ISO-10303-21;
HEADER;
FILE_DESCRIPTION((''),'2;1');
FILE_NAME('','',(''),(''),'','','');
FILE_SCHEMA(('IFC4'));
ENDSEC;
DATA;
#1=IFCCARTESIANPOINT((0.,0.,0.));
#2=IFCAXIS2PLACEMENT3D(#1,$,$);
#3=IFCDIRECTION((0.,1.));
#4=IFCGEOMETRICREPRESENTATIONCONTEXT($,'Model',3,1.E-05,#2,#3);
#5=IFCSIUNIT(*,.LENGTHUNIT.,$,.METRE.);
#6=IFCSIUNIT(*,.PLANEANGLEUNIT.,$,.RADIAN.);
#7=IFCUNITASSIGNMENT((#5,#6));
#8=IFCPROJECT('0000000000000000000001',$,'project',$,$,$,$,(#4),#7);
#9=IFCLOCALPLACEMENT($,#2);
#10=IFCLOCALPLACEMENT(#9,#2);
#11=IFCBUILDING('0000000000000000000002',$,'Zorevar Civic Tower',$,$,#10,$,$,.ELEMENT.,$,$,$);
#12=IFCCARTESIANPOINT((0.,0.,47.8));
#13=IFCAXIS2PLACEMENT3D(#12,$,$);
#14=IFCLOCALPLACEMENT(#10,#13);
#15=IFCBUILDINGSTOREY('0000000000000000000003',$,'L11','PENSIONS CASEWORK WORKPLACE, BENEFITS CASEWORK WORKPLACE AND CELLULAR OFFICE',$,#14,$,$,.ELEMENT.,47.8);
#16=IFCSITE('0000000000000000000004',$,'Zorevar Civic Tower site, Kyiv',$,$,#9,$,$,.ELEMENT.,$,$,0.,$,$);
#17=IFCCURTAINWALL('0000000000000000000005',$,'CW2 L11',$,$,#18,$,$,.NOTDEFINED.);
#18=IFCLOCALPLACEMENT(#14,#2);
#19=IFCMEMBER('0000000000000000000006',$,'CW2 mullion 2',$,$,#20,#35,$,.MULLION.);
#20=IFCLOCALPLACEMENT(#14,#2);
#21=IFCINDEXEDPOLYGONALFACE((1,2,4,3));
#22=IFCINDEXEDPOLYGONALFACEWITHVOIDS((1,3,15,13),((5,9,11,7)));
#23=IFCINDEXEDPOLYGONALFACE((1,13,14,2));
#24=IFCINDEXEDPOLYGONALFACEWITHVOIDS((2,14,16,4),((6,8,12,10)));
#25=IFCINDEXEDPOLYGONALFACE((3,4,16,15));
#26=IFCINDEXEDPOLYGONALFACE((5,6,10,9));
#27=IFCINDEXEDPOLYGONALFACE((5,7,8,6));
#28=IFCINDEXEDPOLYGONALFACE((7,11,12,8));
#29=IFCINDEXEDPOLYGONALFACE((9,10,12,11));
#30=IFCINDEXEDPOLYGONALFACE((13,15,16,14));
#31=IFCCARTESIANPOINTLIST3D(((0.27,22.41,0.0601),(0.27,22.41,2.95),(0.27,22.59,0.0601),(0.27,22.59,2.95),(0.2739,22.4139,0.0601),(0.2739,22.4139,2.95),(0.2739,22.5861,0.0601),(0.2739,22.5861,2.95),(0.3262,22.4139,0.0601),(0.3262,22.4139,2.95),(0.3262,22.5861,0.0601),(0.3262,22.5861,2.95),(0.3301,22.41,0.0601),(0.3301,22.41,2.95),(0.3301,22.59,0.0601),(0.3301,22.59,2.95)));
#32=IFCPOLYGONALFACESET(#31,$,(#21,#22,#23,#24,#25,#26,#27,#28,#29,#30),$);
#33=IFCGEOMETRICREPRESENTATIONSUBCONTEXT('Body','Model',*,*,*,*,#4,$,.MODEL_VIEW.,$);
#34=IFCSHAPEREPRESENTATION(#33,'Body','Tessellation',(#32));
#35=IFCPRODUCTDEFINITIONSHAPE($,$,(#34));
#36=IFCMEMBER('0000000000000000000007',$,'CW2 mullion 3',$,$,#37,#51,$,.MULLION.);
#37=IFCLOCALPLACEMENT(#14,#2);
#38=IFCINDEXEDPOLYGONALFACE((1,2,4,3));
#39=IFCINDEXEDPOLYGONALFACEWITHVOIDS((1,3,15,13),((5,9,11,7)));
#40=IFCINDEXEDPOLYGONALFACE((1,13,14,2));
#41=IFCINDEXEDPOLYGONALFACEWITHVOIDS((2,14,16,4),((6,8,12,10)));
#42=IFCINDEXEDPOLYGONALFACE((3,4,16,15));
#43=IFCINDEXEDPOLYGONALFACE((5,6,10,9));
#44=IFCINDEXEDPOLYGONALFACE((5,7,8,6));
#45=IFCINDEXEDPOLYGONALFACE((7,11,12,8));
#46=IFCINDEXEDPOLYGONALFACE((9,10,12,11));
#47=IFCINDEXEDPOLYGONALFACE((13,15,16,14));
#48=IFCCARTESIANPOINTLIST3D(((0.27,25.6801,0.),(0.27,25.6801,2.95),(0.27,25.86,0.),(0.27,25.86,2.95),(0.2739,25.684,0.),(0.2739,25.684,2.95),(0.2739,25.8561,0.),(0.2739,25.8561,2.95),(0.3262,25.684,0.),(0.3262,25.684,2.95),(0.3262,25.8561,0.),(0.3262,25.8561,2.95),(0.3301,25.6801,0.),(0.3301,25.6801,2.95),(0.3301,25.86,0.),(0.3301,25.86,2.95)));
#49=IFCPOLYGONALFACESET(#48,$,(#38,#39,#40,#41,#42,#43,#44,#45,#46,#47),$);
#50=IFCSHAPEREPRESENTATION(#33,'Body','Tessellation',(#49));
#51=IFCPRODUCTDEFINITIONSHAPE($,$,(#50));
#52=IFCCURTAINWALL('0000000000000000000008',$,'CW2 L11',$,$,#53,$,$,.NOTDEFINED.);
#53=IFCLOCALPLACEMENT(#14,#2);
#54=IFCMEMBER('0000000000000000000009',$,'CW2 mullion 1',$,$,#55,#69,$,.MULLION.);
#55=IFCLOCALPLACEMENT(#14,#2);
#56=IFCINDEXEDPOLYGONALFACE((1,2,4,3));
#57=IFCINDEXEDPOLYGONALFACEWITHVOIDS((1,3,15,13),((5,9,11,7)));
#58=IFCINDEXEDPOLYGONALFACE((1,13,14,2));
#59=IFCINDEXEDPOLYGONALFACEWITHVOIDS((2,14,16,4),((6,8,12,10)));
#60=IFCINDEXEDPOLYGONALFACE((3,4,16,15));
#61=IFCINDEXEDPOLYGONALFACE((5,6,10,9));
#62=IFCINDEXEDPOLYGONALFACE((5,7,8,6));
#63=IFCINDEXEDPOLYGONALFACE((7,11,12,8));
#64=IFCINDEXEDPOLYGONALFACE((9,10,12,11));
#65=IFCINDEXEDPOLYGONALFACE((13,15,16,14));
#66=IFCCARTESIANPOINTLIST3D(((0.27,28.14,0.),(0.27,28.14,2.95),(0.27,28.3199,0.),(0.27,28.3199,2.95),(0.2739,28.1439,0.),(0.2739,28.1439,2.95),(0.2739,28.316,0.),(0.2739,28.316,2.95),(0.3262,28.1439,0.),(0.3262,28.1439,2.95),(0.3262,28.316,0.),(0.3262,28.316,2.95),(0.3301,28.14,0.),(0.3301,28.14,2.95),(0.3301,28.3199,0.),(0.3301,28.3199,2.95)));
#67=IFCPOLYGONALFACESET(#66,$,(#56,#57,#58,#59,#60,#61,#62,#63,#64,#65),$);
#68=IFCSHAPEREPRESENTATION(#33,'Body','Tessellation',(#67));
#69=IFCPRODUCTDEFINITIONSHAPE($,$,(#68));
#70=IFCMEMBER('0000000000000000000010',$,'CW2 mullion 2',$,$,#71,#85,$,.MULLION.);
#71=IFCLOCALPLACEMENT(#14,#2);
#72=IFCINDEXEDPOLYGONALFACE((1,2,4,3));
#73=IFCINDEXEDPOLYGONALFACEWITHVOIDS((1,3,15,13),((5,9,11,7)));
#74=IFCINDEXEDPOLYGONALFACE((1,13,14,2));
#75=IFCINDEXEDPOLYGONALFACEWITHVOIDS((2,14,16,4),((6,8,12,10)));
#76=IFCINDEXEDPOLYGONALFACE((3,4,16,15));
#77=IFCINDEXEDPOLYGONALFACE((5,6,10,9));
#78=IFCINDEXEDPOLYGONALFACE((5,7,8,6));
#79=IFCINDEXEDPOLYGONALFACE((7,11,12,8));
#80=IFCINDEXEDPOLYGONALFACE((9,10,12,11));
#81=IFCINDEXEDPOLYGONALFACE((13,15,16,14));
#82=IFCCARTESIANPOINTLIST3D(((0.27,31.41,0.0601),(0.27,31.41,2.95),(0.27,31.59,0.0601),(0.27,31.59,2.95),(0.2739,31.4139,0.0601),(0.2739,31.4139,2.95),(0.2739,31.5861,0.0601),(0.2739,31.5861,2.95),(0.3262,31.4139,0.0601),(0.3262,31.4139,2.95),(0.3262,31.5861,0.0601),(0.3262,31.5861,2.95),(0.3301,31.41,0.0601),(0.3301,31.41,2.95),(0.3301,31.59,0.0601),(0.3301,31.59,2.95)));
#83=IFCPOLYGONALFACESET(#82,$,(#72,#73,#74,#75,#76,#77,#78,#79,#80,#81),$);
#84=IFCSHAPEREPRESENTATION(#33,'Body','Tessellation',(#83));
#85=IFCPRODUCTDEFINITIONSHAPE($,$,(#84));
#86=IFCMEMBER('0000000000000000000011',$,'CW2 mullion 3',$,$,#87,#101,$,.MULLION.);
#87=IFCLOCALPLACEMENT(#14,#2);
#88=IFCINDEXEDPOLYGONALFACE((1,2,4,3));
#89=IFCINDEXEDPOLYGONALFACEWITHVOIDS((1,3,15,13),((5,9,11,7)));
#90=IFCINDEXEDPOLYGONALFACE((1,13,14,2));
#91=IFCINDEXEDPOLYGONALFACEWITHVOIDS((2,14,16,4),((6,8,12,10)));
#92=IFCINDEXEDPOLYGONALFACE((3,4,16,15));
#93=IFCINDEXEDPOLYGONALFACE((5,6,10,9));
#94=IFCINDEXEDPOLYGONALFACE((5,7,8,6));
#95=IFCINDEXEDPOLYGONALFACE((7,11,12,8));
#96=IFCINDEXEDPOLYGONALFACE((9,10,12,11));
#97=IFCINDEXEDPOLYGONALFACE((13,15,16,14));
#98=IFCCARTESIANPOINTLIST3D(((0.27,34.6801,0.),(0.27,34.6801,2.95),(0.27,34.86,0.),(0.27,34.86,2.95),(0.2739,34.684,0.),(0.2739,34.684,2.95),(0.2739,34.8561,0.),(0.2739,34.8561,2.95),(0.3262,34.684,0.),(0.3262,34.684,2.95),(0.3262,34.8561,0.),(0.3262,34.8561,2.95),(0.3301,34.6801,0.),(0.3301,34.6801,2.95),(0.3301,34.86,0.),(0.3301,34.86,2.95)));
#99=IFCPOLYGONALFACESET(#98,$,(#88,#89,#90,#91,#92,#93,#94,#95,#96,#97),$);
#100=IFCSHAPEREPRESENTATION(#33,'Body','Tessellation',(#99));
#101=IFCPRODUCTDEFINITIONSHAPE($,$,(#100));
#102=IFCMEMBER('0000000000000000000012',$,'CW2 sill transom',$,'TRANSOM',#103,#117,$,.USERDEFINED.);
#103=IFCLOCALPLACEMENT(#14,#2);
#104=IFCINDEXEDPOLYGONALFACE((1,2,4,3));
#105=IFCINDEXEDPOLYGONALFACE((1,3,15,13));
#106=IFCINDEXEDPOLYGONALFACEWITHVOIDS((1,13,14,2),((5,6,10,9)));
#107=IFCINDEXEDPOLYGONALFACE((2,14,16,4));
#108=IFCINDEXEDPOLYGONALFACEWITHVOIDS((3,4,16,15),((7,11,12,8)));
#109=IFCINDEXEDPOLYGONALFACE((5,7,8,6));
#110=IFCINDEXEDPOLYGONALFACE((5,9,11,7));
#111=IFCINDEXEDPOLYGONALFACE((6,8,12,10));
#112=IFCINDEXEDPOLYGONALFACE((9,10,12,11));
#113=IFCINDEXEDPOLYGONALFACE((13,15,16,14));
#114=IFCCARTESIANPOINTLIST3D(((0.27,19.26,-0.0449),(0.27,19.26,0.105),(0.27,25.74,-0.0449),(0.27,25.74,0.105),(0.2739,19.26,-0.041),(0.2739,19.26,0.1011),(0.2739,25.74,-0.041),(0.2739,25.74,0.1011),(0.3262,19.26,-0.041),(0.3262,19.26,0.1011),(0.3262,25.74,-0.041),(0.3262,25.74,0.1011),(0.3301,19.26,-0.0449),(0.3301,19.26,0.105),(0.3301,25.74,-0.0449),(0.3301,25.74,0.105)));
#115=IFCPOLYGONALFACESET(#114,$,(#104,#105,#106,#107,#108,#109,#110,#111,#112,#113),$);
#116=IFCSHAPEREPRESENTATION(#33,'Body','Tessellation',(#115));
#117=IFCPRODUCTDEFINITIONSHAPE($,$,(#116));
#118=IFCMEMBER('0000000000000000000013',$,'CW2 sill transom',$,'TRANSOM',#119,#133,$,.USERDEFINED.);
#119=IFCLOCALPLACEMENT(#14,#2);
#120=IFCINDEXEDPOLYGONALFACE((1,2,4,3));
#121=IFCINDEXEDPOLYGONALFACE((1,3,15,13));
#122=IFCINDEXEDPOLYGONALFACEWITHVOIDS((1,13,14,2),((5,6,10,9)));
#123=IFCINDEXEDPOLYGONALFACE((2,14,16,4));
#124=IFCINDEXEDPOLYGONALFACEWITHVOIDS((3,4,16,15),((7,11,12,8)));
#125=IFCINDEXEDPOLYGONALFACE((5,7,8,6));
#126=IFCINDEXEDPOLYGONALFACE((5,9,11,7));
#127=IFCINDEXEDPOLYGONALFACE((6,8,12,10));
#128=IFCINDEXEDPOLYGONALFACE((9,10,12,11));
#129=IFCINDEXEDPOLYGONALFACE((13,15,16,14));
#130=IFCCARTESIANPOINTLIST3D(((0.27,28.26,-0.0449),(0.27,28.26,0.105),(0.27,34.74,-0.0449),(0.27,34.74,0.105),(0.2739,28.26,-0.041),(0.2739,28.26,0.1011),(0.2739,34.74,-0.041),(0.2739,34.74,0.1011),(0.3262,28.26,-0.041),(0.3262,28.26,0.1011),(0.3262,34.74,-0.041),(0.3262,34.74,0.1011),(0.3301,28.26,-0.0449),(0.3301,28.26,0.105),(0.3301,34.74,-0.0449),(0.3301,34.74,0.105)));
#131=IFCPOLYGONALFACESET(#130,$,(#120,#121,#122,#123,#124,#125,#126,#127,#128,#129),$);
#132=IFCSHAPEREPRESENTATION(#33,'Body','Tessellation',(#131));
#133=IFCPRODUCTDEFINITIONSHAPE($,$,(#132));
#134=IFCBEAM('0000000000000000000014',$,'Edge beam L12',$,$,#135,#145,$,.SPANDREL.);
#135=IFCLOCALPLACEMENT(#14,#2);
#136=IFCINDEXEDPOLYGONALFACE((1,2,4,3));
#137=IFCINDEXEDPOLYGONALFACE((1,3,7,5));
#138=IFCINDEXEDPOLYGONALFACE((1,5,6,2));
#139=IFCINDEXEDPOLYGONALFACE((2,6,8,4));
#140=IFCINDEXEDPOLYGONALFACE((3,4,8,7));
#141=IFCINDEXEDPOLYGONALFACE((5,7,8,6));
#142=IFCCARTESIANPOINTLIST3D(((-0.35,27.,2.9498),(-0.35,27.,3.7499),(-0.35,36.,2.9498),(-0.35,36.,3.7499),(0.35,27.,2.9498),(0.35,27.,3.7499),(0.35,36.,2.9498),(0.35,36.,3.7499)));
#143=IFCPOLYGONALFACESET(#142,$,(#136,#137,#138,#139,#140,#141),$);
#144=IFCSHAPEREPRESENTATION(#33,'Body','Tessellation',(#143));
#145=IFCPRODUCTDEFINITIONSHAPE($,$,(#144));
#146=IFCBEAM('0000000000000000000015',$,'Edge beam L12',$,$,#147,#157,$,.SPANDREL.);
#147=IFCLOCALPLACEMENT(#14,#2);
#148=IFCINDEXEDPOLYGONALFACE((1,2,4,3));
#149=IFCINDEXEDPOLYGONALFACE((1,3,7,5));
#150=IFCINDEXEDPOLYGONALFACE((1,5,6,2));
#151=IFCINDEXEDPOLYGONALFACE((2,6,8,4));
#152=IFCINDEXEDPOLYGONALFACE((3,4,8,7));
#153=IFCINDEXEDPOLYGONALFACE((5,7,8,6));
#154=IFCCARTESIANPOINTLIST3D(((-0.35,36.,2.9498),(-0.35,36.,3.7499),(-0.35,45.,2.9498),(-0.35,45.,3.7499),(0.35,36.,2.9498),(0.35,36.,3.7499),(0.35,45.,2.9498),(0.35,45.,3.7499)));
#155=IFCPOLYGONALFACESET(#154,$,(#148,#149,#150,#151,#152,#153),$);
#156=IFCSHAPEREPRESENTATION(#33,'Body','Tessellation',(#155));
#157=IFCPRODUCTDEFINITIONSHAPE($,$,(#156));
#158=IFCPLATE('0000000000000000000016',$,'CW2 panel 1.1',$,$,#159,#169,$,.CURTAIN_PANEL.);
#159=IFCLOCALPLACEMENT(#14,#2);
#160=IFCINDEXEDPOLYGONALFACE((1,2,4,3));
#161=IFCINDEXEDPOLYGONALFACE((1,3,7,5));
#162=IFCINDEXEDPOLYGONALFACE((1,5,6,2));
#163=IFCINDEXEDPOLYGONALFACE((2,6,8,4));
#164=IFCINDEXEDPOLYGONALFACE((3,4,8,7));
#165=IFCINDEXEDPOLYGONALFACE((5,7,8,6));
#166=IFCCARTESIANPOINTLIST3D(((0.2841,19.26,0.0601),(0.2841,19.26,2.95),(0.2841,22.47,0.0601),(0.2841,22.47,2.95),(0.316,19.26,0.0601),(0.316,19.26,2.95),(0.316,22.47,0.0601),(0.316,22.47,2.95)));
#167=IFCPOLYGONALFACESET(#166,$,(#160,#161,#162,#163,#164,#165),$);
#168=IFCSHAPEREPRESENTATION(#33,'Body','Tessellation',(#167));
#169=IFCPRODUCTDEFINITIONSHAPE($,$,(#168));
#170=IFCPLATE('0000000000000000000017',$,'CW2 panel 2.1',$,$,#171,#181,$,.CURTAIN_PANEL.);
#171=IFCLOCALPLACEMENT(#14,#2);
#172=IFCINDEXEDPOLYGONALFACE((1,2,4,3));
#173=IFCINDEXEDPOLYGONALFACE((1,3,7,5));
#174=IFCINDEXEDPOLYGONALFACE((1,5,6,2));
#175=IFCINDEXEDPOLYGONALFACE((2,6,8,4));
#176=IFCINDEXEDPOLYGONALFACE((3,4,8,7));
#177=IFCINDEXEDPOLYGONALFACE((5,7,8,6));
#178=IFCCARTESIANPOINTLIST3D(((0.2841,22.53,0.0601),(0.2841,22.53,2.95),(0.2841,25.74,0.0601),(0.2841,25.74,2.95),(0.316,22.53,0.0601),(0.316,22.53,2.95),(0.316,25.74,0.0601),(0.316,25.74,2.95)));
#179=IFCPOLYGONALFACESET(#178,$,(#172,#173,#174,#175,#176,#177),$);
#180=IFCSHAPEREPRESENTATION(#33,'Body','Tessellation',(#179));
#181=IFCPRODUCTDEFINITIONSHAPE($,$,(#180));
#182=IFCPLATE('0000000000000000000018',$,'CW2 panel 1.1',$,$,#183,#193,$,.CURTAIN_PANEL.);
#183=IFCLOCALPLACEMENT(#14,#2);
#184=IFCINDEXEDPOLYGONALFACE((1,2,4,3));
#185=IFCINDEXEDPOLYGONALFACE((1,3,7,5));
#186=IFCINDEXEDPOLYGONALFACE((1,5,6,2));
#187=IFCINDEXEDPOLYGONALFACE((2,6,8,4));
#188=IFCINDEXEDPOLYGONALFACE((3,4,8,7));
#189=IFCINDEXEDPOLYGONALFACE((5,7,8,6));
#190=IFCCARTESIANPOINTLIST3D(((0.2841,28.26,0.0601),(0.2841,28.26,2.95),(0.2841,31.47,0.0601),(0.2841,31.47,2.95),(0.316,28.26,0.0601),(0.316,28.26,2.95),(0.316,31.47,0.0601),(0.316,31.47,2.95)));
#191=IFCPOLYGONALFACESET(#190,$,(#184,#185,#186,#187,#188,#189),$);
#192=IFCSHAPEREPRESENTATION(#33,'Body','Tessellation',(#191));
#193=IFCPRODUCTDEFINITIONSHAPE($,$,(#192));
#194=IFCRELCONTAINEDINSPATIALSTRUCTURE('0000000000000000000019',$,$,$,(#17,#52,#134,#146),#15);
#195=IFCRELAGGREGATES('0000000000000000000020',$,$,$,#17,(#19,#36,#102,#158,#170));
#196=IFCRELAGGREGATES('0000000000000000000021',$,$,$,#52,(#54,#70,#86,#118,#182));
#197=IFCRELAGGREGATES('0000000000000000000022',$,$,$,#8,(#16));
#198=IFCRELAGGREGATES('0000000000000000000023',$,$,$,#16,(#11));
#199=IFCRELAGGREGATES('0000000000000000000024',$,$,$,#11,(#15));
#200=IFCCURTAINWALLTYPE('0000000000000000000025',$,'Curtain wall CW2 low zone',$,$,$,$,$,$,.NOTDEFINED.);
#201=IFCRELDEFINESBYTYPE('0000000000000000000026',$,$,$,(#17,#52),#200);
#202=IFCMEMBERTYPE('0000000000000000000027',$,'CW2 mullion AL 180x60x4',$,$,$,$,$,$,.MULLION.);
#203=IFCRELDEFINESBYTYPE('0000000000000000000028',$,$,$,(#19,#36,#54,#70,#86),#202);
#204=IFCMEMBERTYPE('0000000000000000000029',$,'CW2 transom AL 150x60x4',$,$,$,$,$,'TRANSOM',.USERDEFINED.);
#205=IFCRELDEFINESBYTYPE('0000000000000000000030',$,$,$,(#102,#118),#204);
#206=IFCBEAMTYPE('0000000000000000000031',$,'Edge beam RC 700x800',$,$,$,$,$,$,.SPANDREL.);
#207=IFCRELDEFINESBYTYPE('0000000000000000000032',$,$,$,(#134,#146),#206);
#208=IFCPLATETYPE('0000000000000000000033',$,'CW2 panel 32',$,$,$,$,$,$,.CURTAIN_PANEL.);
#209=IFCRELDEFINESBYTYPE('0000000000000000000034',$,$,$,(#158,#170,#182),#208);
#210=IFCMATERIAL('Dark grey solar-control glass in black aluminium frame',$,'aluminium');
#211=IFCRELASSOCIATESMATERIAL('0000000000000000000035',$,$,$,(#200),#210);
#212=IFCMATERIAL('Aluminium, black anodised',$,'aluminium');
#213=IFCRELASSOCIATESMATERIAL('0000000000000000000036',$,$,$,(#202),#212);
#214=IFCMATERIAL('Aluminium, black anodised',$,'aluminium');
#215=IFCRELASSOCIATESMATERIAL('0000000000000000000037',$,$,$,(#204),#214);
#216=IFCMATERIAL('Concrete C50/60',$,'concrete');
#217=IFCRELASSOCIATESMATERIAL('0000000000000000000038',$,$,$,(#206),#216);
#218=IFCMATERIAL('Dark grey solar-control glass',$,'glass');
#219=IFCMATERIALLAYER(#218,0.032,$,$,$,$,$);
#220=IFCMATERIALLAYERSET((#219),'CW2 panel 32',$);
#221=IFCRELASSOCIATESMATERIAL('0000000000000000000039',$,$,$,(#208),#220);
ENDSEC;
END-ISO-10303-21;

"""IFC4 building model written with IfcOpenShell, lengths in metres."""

from ifc_helpers import new_model, si_unit, direction, frame, origin, origin_2d, place, context, subcontext, project, spatial, rectangle, hollow_rectangle, extrude, material, layer, layer_set, material_profile, profile_set, type_object, element, aggregate, save


model = new_model("IFC4")

# Units and contexts
model_context = context("Model", 3, precision=1e-05, world=origin(), true_north=direction((0.0, 1.0)))
body_context = subcontext(model_context, "Body", "Model", "MODEL_VIEW")
ifc_project = project(units=[si_unit("LENGTHUNIT", "METRE"), si_unit("PLANEANGLEUNIT", "RADIAN")], contexts=[model_context])

# Site, building, storey
site_placement = place(None, origin())
site = spatial("IfcSite", under=ifc_project, at=site_placement, Name="Zorevar Civic Tower site, Kyiv", CompositionType="ELEMENT", RefElevation=0.0)
building_placement = place(site_placement, origin())
building = spatial("IfcBuilding", under=site, at=building_placement, Name="Zorevar Civic Tower", CompositionType="ELEMENT")
storey_placement = place(building_placement, frame((0.0, 0.0, 47.8)))
storey = spatial("IfcBuildingStorey", under=building, at=storey_placement, Name="L11", Description="PENSIONS CASEWORK WORKPLACE, BENEFITS CASEWORK WORKPLACE AND CELLULAR OFFICE", CompositionType="ELEMENT", Elevation=47.8)

# Curtain walls, members
ifc_material_1 = material(Name="Dark grey solar-control glass in black aluminium frame", Category="aluminium")
curtain_wall_type = type_object("IfcCurtainWallType", Name="Curtain wall CW2 low zone", PredefinedType="NOTDEFINED", material=ifc_material_1)
curtain_wall_1_placement = place(storey_placement, origin())
curtain_wall_1 = element("IfcCurtainWall", 1, at=curtain_wall_1_placement, inside=storey, type_object=curtain_wall_type, Name="CW2 L11", PredefinedType="NOTDEFINED")
ifc_material_2 = material(Name="Aluminium, black anodised", Category="aluminium")
ifc_material_profile_1 = material_profile(ifc_material_2, hollow_rectangle(XDim=0.0601, YDim=0.1799, WallThickness=0.0039, at=origin_2d()), Name="AL 180x60x4")
ifc_profile_set_1 = profile_set([ifc_material_profile_1], Name="Aluminium, black anodised")
member_type_1 = type_object("IfcMemberType", Name="CW2 mullion AL 180x60x4", PredefinedType="MULLION", material=ifc_profile_set_1)
member_1_placement = place(storey_placement, frame((0.3, 22.5, 0.0601), z_axis=(0.0, 0.0, 1.0), x_axis=(-1.0, 0.0, 0.0)))
member_1 = element("IfcMember", 2, at=member_1_placement, type_object=member_type_1, Name="CW2 mullion 2", PredefinedType="MULLION", context=body_context, shape_type="SweptSolid", body=[
    extrude(hollow_rectangle(XDim=0.0601, YDim=0.1799, WallThickness=0.0039, at=origin_2d()), origin(), (0.0, 0.0, 1.0), 2.8899),
])
member_2_placement = place(storey_placement, frame((0.3, 25.77, 0.0), z_axis=(0.0, 0.0, 1.0), x_axis=(-1.0, 0.0, 0.0)))
member_2 = element("IfcMember", 3, at=member_2_placement, type_object=member_type_1, Name="CW2 mullion 3", PredefinedType="MULLION", context=body_context, shape_type="SweptSolid", body=[
    extrude(hollow_rectangle(XDim=0.0601, YDim=0.1799, WallThickness=0.0039, at=origin_2d()), origin(), (0.0, 0.0, 1.0), 2.95),
])
curtain_wall_2_placement = place(storey_placement, origin())
curtain_wall_2 = element("IfcCurtainWall", 4, at=curtain_wall_2_placement, inside=storey, type_object=curtain_wall_type, Name="CW2 L11", PredefinedType="NOTDEFINED")
member_3_placement = place(storey_placement, frame((0.3, 28.23, 0.0), z_axis=(0.0, 0.0, 1.0), x_axis=(-1.0, 0.0, 0.0)))
member_3 = element("IfcMember", 5, at=member_3_placement, type_object=member_type_1, Name="CW2 mullion 1", PredefinedType="MULLION", context=body_context, shape_type="SweptSolid", body=[
    extrude(hollow_rectangle(XDim=0.0601, YDim=0.1799, WallThickness=0.0039, at=origin_2d()), origin(), (0.0, 0.0, 1.0), 2.95),
])
member_4_placement = place(storey_placement, frame((0.3, 31.5, 0.0601), z_axis=(0.0, 0.0, 1.0), x_axis=(-1.0, 0.0, 0.0)))
member_4 = element("IfcMember", 6, at=member_4_placement, type_object=member_type_1, Name="CW2 mullion 2", PredefinedType="MULLION", context=body_context, shape_type="SweptSolid", body=[
    extrude(hollow_rectangle(XDim=0.0601, YDim=0.1799, WallThickness=0.0039, at=origin_2d()), origin(), (0.0, 0.0, 1.0), 2.8899),
])
member_5_placement = place(storey_placement, frame((0.3, 34.77, 0.0), z_axis=(0.0, 0.0, 1.0), x_axis=(-1.0, 0.0, 0.0)))
member_5 = element("IfcMember", 7, at=member_5_placement, type_object=member_type_1, Name="CW2 mullion 3", PredefinedType="MULLION", context=body_context, shape_type="SweptSolid", body=[
    extrude(hollow_rectangle(XDim=0.0601, YDim=0.1799, WallThickness=0.0039, at=origin_2d()), origin(), (0.0, 0.0, 1.0), 2.95),
])

# Members
ifc_material_3 = material(Name="Aluminium, black anodised", Category="aluminium")
ifc_material_profile_2 = material_profile(ifc_material_3, hollow_rectangle(XDim=0.0601, YDim=0.1499, WallThickness=0.0039, at=origin_2d()), Name="AL 150x60x4")
ifc_profile_set_2 = profile_set([ifc_material_profile_2], Name="Aluminium, black anodised")
member_type_2 = type_object("IfcMemberType", Name="CW2 transom AL 150x60x4", ElementType="TRANSOM", PredefinedType="USERDEFINED", material=ifc_profile_set_2)
member_6_placement = place(storey_placement, frame((0.3, 19.26, 0.03), z_axis=(0.0, 1.0, 0.0), x_axis=(-1.0, 0.0, 0.0)))
member_6 = element("IfcMember", 8, at=member_6_placement, type_object=member_type_2, Name="CW2 sill transom", ObjectType="TRANSOM", PredefinedType="USERDEFINED", context=body_context, shape_type="SweptSolid", body=[
    extrude(hollow_rectangle(XDim=0.0601, YDim=0.1499, WallThickness=0.0039, at=origin_2d()), origin(), (0.0, 0.0, 1.0), 6.48),
])
member_7_placement = place(storey_placement, frame((0.3, 28.26, 0.03), z_axis=(0.0, 1.0, 0.0), x_axis=(-1.0, 0.0, 0.0)))
member_7 = element("IfcMember", 9, at=member_7_placement, type_object=member_type_2, Name="CW2 sill transom", ObjectType="TRANSOM", PredefinedType="USERDEFINED", context=body_context, shape_type="SweptSolid", body=[
    extrude(hollow_rectangle(XDim=0.0601, YDim=0.1499, WallThickness=0.0039, at=origin_2d()), origin(), (0.0, 0.0, 1.0), 6.48),
])

# Beams
ifc_material_4 = material(Name="Concrete C50/60", Category="concrete")
ifc_material_profile_3 = material_profile(ifc_material_4, rectangle(XDim=0.7, YDim=0.8, at=origin_2d()), Name="RC 700x800")
ifc_profile_set_3 = profile_set([ifc_material_profile_3], Name="Concrete C50/60")
beam_type_1 = type_object("IfcBeamType", Name="Edge beam RC 700x800", PredefinedType="SPANDREL", material=ifc_profile_set_3)
for number, where, z_axis, x_axis, name in (
    (10, (0.0, 27.0, 3.3499), (0.0, 1.0, 0.0), (-1.0, 0.0, 0.0), "Edge beam L12"),
    (11, (0.0, 36.0, 3.3499), (0.0, 1.0, 0.0), (-1.0, 0.0, 0.0), "Edge beam L12"),
):
    element("IfcBeam", number, at=place(storey_placement, frame(where, z_axis=z_axis, x_axis=x_axis)), inside=storey, type_object=beam_type_1, Name=name, PredefinedType="SPANDREL", context=body_context, shape_type="SweptSolid", body=[
        extrude(rectangle(XDim=0.7, YDim=0.8, at=origin_2d()), origin(), (0.0, 0.0, 1.0), 9.0),
    ])

# Plates
ifc_material_5 = material(Name="Dark grey solar-control glass", Category="glass")
ifc_layer_1 = layer(ifc_material_5, 0.032)
ifc_layer_set_1 = layer_set([ifc_layer_1], Name="CW2 panel 32")
plate_type = type_object("IfcPlateType", Name="CW2 panel 32", PredefinedType="CURTAIN_PANEL", material=ifc_layer_set_1)
plate_1_placement = place(storey_placement, frame((0.3, 20.865, 0.0601), z_axis=(0.0, 0.0, 1.0), x_axis=(0.0, 1.0, 0.0)))
plate_1 = element("IfcPlate", 12, at=plate_1_placement, type_object=plate_type, Name="CW2 panel 1.1", PredefinedType="CURTAIN_PANEL", context=body_context, shape_type="SweptSolid", body=[
    extrude(rectangle(XDim=3.21, YDim=0.032, at=origin_2d()), origin(), (0.0, 0.0, 1.0), 2.8899),
])
plate_2_placement = place(storey_placement, frame((0.3, 24.135, 0.0601), z_axis=(0.0, 0.0, 1.0), x_axis=(0.0, 1.0, 0.0)))
plate_2 = element("IfcPlate", 13, at=plate_2_placement, type_object=plate_type, Name="CW2 panel 2.1", PredefinedType="CURTAIN_PANEL", context=body_context, shape_type="SweptSolid", body=[
    extrude(rectangle(XDim=3.21, YDim=0.032, at=origin_2d()), origin(), (0.0, 0.0, 1.0), 2.8899),
])
aggregate(curtain_wall_1, [member_1, member_2, member_6, plate_1, plate_2])
plate_3_placement = place(storey_placement, frame((0.3, 29.865, 0.0601), z_axis=(0.0, 0.0, 1.0), x_axis=(0.0, 1.0, 0.0)))
plate_3 = element("IfcPlate", 14, at=plate_3_placement, type_object=plate_type, Name="CW2 panel 1.1", PredefinedType="CURTAIN_PANEL", context=body_context, shape_type="SweptSolid", body=[
    extrude(rectangle(XDim=3.21, YDim=0.032, at=origin_2d()), origin(), (0.0, 0.0, 1.0), 2.8899),
])
aggregate(curtain_wall_2, [member_3, member_4, member_5, member_7, plate_3])

save(model, "model.ifc")
